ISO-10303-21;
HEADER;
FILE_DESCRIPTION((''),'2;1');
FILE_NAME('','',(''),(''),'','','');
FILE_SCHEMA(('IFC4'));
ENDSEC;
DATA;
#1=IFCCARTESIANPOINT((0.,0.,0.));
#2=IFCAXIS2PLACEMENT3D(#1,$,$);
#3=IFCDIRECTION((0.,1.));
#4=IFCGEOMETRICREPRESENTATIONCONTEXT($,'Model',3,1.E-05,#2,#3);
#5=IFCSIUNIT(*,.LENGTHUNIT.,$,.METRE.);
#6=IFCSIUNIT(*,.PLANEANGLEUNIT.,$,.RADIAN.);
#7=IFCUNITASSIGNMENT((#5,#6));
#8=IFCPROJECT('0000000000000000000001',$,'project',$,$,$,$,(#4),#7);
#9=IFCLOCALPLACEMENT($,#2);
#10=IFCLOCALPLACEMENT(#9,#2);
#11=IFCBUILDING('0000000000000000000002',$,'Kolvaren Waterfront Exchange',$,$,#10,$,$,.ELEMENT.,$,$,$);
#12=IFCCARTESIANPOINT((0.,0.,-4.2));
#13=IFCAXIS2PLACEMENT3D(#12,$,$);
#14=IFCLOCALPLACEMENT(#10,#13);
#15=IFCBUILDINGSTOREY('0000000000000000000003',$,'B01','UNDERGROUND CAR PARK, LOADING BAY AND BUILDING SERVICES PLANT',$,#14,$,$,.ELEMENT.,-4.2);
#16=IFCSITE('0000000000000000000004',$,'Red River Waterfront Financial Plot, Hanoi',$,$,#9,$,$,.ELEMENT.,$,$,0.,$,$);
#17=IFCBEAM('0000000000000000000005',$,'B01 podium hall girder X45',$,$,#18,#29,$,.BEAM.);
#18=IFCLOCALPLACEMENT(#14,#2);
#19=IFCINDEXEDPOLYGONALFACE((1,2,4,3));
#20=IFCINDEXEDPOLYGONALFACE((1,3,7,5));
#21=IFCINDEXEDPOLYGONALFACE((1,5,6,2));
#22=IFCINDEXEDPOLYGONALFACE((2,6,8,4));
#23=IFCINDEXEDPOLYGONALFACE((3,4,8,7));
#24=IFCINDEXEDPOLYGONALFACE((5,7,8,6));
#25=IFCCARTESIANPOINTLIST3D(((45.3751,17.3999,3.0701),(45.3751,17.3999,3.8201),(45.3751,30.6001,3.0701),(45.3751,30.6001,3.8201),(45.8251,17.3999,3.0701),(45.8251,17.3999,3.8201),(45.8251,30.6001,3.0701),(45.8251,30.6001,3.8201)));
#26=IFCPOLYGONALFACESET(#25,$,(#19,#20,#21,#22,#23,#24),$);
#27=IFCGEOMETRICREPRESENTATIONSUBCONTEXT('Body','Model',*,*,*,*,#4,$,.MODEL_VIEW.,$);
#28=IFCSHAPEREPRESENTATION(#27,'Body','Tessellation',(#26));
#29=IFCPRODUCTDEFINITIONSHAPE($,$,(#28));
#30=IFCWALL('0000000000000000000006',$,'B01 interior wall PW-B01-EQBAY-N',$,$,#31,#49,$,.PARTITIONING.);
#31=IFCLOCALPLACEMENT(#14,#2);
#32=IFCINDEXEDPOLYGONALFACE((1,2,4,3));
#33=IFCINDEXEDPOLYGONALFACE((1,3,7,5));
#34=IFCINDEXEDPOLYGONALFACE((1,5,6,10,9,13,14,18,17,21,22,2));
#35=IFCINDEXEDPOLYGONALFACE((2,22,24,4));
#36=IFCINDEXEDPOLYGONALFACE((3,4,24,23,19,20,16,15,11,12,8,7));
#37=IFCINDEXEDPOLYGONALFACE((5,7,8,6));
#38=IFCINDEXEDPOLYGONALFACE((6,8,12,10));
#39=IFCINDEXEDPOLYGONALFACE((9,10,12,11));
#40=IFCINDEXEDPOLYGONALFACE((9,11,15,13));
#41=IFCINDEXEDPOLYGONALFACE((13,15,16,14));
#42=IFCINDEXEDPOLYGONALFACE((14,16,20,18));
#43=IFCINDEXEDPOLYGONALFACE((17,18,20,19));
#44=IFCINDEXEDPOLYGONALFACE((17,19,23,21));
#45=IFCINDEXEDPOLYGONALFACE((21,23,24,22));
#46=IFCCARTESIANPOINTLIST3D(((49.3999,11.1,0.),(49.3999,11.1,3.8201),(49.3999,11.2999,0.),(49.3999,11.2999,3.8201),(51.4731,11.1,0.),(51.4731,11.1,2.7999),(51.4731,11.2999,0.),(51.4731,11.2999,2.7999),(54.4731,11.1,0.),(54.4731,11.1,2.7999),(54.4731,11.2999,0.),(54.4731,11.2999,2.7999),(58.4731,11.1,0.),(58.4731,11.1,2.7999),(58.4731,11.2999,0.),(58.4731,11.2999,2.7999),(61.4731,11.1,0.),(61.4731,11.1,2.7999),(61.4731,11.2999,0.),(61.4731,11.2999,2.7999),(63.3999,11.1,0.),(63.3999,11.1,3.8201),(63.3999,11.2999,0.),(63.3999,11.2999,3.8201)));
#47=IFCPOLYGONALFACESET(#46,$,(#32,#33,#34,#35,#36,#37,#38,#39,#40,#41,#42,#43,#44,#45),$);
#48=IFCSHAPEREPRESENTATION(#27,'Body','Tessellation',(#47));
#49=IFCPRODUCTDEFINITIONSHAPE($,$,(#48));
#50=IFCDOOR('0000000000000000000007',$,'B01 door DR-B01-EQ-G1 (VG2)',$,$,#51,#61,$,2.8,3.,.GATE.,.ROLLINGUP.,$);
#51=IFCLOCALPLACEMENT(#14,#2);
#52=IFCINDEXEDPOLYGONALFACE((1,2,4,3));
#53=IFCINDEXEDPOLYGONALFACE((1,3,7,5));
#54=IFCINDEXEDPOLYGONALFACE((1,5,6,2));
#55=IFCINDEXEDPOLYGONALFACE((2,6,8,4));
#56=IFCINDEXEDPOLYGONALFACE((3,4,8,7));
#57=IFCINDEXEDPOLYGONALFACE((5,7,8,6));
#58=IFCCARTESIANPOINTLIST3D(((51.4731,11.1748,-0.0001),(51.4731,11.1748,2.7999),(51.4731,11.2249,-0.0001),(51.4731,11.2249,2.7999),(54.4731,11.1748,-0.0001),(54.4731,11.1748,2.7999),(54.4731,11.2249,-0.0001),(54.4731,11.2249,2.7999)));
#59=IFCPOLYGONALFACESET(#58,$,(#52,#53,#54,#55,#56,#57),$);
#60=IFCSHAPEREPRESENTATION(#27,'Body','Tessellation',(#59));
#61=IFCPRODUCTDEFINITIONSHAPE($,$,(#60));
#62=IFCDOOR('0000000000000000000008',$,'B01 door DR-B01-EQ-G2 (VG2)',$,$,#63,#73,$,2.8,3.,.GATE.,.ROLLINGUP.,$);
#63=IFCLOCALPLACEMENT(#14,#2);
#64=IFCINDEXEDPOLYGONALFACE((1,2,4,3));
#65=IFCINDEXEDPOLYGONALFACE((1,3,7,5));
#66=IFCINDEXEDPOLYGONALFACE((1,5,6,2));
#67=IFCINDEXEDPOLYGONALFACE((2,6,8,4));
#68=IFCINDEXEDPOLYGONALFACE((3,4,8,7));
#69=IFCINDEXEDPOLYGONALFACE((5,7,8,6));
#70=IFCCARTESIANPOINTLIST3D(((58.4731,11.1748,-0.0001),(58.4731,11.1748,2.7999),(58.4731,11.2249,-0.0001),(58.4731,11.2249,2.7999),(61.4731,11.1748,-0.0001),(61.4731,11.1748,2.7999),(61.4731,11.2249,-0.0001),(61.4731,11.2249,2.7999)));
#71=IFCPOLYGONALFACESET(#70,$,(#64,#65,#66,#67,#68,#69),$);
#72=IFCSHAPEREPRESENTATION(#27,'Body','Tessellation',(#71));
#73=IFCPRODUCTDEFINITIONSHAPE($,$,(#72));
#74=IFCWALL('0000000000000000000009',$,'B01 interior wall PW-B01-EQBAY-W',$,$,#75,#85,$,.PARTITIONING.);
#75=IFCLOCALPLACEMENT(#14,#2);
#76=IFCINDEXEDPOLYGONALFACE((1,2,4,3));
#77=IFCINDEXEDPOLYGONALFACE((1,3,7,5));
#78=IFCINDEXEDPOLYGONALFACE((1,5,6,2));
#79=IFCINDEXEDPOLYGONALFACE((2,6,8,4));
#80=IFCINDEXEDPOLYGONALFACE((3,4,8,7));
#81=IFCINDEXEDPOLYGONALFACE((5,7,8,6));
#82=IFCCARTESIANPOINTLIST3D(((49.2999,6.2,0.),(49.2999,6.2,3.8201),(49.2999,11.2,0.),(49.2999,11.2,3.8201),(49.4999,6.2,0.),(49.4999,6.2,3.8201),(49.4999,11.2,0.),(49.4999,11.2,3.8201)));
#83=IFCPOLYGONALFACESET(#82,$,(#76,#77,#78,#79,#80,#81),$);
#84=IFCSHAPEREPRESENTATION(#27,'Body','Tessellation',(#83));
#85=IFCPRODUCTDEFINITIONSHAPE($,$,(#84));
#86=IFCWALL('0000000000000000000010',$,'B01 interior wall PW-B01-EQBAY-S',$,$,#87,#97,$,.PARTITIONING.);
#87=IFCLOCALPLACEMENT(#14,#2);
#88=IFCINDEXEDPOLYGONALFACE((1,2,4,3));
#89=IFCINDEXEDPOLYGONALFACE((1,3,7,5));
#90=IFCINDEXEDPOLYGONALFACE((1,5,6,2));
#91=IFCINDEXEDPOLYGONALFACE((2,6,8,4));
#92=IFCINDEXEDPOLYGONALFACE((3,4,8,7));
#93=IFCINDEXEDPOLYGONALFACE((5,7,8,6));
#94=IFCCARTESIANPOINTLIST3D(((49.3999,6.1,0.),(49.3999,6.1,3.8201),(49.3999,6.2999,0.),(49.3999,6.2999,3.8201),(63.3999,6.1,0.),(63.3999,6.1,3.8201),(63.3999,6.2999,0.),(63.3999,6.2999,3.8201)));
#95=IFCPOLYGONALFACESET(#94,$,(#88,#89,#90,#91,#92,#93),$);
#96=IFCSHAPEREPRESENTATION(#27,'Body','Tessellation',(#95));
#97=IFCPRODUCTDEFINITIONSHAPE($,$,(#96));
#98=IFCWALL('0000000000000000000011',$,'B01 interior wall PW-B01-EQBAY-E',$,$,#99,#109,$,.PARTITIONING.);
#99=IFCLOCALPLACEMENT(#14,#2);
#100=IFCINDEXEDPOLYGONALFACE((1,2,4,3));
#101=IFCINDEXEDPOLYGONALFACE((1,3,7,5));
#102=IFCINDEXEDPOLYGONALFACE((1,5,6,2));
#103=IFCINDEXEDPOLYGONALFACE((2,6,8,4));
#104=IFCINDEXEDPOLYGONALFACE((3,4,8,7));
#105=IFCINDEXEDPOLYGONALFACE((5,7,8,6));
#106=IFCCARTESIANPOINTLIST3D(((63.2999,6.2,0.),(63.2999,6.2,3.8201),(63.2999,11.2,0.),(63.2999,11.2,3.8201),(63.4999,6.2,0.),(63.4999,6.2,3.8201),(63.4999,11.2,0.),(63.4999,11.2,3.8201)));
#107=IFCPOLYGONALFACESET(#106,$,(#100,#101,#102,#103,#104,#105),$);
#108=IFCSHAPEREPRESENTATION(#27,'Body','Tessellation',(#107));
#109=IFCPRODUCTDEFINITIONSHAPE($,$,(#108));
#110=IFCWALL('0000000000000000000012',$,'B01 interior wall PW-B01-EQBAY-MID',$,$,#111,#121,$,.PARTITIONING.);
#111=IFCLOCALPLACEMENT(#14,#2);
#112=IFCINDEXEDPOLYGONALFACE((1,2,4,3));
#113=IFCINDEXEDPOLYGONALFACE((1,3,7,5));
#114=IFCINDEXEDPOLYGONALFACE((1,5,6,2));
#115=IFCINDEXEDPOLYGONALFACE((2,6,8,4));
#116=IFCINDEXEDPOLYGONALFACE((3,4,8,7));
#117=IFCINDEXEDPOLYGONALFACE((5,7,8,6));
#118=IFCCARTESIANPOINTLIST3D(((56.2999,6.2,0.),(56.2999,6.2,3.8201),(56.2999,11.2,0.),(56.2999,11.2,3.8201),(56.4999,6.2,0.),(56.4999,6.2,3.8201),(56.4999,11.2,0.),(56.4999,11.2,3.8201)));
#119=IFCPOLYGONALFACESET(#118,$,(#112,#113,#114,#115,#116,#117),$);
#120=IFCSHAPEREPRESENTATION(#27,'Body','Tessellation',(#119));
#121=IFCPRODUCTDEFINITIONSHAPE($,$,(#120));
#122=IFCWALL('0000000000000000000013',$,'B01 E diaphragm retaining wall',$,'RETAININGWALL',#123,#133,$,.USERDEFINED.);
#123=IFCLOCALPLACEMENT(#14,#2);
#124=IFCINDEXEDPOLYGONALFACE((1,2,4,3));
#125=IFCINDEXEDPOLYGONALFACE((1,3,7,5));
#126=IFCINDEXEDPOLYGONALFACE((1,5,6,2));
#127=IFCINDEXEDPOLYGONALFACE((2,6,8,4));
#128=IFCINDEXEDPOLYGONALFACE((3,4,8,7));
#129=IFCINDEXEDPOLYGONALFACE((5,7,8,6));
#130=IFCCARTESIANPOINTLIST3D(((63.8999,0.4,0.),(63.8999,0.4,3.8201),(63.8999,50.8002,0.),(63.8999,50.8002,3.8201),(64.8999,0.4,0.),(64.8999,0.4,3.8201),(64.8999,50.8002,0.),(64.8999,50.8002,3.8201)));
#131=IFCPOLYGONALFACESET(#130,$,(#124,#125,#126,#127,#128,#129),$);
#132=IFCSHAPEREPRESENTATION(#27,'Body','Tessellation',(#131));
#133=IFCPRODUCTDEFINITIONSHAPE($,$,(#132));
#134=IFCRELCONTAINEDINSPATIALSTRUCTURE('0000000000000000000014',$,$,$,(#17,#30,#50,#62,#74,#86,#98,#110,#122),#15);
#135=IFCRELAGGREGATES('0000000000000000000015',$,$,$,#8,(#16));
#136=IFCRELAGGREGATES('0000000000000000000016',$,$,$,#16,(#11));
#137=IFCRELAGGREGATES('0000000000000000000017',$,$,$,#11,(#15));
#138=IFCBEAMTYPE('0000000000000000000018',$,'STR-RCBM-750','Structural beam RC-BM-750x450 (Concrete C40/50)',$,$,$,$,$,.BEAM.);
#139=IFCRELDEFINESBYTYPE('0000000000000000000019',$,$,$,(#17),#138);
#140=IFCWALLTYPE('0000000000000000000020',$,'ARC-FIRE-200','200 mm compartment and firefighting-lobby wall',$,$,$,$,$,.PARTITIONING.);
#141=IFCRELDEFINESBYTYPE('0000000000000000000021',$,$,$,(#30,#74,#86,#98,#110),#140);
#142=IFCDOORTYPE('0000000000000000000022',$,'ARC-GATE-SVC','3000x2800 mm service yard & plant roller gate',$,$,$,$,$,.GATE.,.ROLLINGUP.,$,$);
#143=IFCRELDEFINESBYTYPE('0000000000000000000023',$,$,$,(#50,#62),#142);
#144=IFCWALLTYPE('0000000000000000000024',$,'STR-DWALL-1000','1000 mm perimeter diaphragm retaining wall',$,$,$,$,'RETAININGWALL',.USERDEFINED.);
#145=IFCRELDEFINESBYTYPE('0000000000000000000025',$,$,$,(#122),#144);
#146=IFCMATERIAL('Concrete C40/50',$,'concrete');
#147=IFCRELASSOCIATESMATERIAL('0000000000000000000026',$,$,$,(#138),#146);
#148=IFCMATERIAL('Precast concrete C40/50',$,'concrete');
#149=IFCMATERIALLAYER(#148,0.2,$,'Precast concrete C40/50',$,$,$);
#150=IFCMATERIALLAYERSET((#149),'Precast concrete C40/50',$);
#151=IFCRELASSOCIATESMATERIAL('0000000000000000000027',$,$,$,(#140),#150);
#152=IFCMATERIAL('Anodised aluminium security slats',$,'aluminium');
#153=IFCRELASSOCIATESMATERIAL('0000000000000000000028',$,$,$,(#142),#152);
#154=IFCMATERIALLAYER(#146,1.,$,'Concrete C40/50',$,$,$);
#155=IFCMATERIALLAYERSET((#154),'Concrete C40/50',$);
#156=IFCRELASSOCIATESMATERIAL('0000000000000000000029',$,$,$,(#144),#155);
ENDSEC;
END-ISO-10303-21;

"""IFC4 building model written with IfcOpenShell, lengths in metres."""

from ifc_helpers import new_model, si_unit, direction, frame, frame_2d, origin, origin_2d, place, context, subcontext, project, spatial, rectangle, extrude, material, layer, layer_set, material_profile, profile_set, type_object, element, fill, save


model = new_model("IFC4")

# Units and contexts
model_context = context("Model", 3, precision=1e-05, world=origin(), true_north=direction((0.0, 1.0)))
body_context = subcontext(model_context, "Body", "Model", "MODEL_VIEW")
ifc_project = project(units=[si_unit("LENGTHUNIT", "METRE"), si_unit("PLANEANGLEUNIT", "RADIAN")], contexts=[model_context])

# Site, building, storey
site_placement = place(None, origin())
site = spatial("IfcSite", under=ifc_project, at=site_placement, Name="Red River Waterfront Financial Plot, Hanoi", CompositionType="ELEMENT", RefElevation=0.0)
building_placement = place(site_placement, origin())
building = spatial("IfcBuilding", under=site, at=building_placement, Name="Kolvaren Waterfront Exchange", CompositionType="ELEMENT")
storey_placement = place(building_placement, frame((0.0, 0.0, -4.2)))
storey = spatial("IfcBuildingStorey", under=building, at=storey_placement, Name="B01", Description="UNDERGROUND CAR PARK, LOADING BAY AND BUILDING SERVICES PLANT", CompositionType="ELEMENT", Elevation=-4.2)

# Beam
ifc_material_1 = material(Name="Concrete C40/50", Category="concrete")
ifc_material_profile_1 = material_profile(ifc_material_1, rectangle(XDim=0.45, YDim=0.75, at=origin_2d()), Name="RC-BM-750x450")
ifc_profile_set_1 = profile_set([ifc_material_profile_1], Name="Concrete C40/50")
beam_type_1 = type_object("IfcBeamType", Name="STR-RCBM-750", Description="Structural beam RC-BM-750x450 (Concrete C40/50)", PredefinedType="BEAM", material=ifc_profile_set_1)
for number, where, z_axis, x_axis, name in (
    (1, (45.6001, 17.3999, 3.4451), (0.0, 1.0, 0.0), (-1.0, 0.0, 0.0), "B01 podium hall girder X45"),
):
    element("IfcBeam", number, at=place(storey_placement, frame(where, z_axis=z_axis, x_axis=x_axis)), inside=storey, type_object=beam_type_1, Name=name, PredefinedType="BEAM", context=body_context, shape_type="SweptSolid", body=[
        extrude(rectangle(XDim=0.45, YDim=0.75, at=origin_2d()), origin(), (0.0, 0.0, 1.0), 13.2002),
    ])

# Wall, openings, doors
ifc_material_2 = material(Name="Precast concrete C40/50", Category="concrete")
ifc_layer_1 = layer(ifc_material_2, 0.2, Name="Precast concrete C40/50")
ifc_layer_set_1 = layer_set([ifc_layer_1], Name="Precast concrete C40/50")
wall_type_1 = type_object("IfcWallType", Name="ARC-FIRE-200", Description="200 mm compartment and firefighting-lobby wall", PredefinedType="PARTITIONING", material=ifc_layer_set_1)
wall_1_placement = place(storey_placement, frame((49.3999, 11.2, 0.0), z_axis=(0.0, 0.0, 1.0), x_axis=(1.0, 0.0, 0.0)))
wall_1 = element("IfcWall", 2, at=wall_1_placement, inside=storey, type_object=wall_type_1, Name="B01 interior wall PW-B01-EQBAY-N", PredefinedType="PARTITIONING", context=body_context, shape_type="SweptSolid", body=[
    extrude(rectangle(XDim=14.0, YDim=0.2, at=frame_2d((7.0, 0.0))), origin(), (0.0, 0.0, 1.0), 3.8201),
])
opening_1_placement = place(wall_1_placement, frame((2.0732, 0.0, 0.0)))
opening_1 = element("IfcOpeningElement", 3, at=opening_1_placement, cuts=wall_1, PredefinedType="OPENING", context=body_context, shape_type="SweptSolid", body=[
    extrude(rectangle(XDim=3.0, YDim=2.8, at=frame_2d((1.5, 1.3999))), frame((0.0, 0.1099, 0.0), z_axis=(0.0, -1.0, 0.0), x_axis=(1.0, 0.0, 0.0)), (0.0, 0.0, 1.0), 0.22),
])
opening_2_placement = place(wall_1_placement, frame((9.0732, 0.0, 0.0)))
opening_2 = element("IfcOpeningElement", 4, at=opening_2_placement, cuts=wall_1, PredefinedType="OPENING", context=body_context, shape_type="SweptSolid", body=[
    extrude(rectangle(XDim=3.0, YDim=2.8, at=frame_2d((1.5, 1.3999))), frame((0.0, 0.1099, 0.0), z_axis=(0.0, -1.0, 0.0), x_axis=(1.0, 0.0, 0.0)), (0.0, 0.0, 1.0), 0.22),
])
ifc_material_3 = material(Name="Anodised aluminium security slats", Category="aluminium")
door_type = type_object("IfcDoorType", Name="ARC-GATE-SVC", Description="3000x2800 mm service yard & plant roller gate", OperationType="ROLLINGUP", PredefinedType="GATE", material=ifc_material_3)
door_1_placement = place(opening_1_placement, origin())
door_1 = element("IfcDoor", 5, at=door_1_placement, inside=storey, type_object=door_type, Name="B01 door DR-B01-EQ-G1 (VG2)", OperationType="ROLLINGUP", OverallHeight=2.8, OverallWidth=3.0, PredefinedType="GATE", context=body_context, shape_type="SweptSolid", body=[
    extrude(rectangle(XDim=3.0, YDim=2.8, at=frame_2d((1.5, 1.3999))), frame((0.0, 0.0249, 0.0), z_axis=(0.0, -1.0, 0.0), x_axis=(1.0, 0.0, 0.0)), (0.0, 0.0, 1.0), 0.05),
])
fill(opening_1, door_1)
door_2_placement = place(opening_2_placement, origin())
door_2 = element("IfcDoor", 6, at=door_2_placement, inside=storey, type_object=door_type, Name="B01 door DR-B01-EQ-G2 (VG2)", OperationType="ROLLINGUP", OverallHeight=2.8, OverallWidth=3.0, PredefinedType="GATE", context=body_context, shape_type="SweptSolid", body=[
    extrude(rectangle(XDim=3.0, YDim=2.8, at=frame_2d((1.5, 1.3999))), frame((0.0, 0.0249, 0.0), z_axis=(0.0, -1.0, 0.0), x_axis=(1.0, 0.0, 0.0)), (0.0, 0.0, 1.0), 0.05),
])
fill(opening_2, door_2)

# Walls
wall_2_placement = place(storey_placement, frame((49.3999, 6.2, 0.0), z_axis=(0.0, 0.0, 1.0), x_axis=(0.0, 1.0, 0.0)))
element("IfcWall", 7, at=wall_2_placement, inside=storey, type_object=wall_type_1, Name="B01 interior wall PW-B01-EQBAY-W", PredefinedType="PARTITIONING", context=body_context, shape_type="SweptSolid", body=[
    extrude(rectangle(XDim=5.0, YDim=0.2, at=frame_2d((2.5, 0.0))), origin(), (0.0, 0.0, 1.0), 3.8201),
])
wall_3_placement = place(storey_placement, frame((49.3999, 6.2, 0.0), z_axis=(0.0, 0.0, 1.0), x_axis=(1.0, 0.0, 0.0)))
element("IfcWall", 8, at=wall_3_placement, inside=storey, type_object=wall_type_1, Name="B01 interior wall PW-B01-EQBAY-S", PredefinedType="PARTITIONING", context=body_context, shape_type="SweptSolid", body=[
    extrude(rectangle(XDim=14.0, YDim=0.2, at=frame_2d((7.0, 0.0))), origin(), (0.0, 0.0, 1.0), 3.8201),
])
for number, where, z_axis, x_axis, name in (
    (9, (63.3999, 6.2, 0.0), (0.0, 0.0, 1.0), (0.0, 1.0, 0.0), "B01 interior wall PW-B01-EQBAY-E"),
    (10, (56.3999, 6.2, 0.0), (0.0, 0.0, 1.0), (0.0, 1.0, 0.0), "B01 interior wall PW-B01-EQBAY-MID"),
):
    element("IfcWall", number, at=place(storey_placement, frame(where, z_axis=z_axis, x_axis=x_axis)), inside=storey, type_object=wall_type_1, Name=name, PredefinedType="PARTITIONING", context=body_context, shape_type="SweptSolid", body=[
        extrude(rectangle(XDim=5.0, YDim=0.2, at=frame_2d((2.5, 0.0))), origin(), (0.0, 0.0, 1.0), 3.8201),
    ])
ifc_layer_2 = layer(ifc_material_1, 1.0, Name="Concrete C40/50")
ifc_layer_set_2 = layer_set([ifc_layer_2], Name="Concrete C40/50")
wall_type_2 = type_object("IfcWallType", Name="STR-DWALL-1000", Description="1000 mm perimeter diaphragm retaining wall", ElementType="RETAININGWALL", PredefinedType="USERDEFINED", material=ifc_layer_set_2)
wall_4_placement = place(storey_placement, frame((64.3999, 0.3999, 0.0), z_axis=(0.0, 0.0, 1.0), x_axis=(0.0, 1.0, 0.0)))
element("IfcWall", 11, at=wall_4_placement, inside=storey, type_object=wall_type_2, Name="B01 E diaphragm retaining wall", ObjectType="RETAININGWALL", PredefinedType="USERDEFINED", context=body_context, shape_type="SweptSolid", body=[
    extrude(rectangle(XDim=50.4001, YDim=1.0, at=frame_2d((25.2002, 0.0))), origin(), (0.0, 0.0, 1.0), 3.8201),
])

save(model, "model.ifc")
